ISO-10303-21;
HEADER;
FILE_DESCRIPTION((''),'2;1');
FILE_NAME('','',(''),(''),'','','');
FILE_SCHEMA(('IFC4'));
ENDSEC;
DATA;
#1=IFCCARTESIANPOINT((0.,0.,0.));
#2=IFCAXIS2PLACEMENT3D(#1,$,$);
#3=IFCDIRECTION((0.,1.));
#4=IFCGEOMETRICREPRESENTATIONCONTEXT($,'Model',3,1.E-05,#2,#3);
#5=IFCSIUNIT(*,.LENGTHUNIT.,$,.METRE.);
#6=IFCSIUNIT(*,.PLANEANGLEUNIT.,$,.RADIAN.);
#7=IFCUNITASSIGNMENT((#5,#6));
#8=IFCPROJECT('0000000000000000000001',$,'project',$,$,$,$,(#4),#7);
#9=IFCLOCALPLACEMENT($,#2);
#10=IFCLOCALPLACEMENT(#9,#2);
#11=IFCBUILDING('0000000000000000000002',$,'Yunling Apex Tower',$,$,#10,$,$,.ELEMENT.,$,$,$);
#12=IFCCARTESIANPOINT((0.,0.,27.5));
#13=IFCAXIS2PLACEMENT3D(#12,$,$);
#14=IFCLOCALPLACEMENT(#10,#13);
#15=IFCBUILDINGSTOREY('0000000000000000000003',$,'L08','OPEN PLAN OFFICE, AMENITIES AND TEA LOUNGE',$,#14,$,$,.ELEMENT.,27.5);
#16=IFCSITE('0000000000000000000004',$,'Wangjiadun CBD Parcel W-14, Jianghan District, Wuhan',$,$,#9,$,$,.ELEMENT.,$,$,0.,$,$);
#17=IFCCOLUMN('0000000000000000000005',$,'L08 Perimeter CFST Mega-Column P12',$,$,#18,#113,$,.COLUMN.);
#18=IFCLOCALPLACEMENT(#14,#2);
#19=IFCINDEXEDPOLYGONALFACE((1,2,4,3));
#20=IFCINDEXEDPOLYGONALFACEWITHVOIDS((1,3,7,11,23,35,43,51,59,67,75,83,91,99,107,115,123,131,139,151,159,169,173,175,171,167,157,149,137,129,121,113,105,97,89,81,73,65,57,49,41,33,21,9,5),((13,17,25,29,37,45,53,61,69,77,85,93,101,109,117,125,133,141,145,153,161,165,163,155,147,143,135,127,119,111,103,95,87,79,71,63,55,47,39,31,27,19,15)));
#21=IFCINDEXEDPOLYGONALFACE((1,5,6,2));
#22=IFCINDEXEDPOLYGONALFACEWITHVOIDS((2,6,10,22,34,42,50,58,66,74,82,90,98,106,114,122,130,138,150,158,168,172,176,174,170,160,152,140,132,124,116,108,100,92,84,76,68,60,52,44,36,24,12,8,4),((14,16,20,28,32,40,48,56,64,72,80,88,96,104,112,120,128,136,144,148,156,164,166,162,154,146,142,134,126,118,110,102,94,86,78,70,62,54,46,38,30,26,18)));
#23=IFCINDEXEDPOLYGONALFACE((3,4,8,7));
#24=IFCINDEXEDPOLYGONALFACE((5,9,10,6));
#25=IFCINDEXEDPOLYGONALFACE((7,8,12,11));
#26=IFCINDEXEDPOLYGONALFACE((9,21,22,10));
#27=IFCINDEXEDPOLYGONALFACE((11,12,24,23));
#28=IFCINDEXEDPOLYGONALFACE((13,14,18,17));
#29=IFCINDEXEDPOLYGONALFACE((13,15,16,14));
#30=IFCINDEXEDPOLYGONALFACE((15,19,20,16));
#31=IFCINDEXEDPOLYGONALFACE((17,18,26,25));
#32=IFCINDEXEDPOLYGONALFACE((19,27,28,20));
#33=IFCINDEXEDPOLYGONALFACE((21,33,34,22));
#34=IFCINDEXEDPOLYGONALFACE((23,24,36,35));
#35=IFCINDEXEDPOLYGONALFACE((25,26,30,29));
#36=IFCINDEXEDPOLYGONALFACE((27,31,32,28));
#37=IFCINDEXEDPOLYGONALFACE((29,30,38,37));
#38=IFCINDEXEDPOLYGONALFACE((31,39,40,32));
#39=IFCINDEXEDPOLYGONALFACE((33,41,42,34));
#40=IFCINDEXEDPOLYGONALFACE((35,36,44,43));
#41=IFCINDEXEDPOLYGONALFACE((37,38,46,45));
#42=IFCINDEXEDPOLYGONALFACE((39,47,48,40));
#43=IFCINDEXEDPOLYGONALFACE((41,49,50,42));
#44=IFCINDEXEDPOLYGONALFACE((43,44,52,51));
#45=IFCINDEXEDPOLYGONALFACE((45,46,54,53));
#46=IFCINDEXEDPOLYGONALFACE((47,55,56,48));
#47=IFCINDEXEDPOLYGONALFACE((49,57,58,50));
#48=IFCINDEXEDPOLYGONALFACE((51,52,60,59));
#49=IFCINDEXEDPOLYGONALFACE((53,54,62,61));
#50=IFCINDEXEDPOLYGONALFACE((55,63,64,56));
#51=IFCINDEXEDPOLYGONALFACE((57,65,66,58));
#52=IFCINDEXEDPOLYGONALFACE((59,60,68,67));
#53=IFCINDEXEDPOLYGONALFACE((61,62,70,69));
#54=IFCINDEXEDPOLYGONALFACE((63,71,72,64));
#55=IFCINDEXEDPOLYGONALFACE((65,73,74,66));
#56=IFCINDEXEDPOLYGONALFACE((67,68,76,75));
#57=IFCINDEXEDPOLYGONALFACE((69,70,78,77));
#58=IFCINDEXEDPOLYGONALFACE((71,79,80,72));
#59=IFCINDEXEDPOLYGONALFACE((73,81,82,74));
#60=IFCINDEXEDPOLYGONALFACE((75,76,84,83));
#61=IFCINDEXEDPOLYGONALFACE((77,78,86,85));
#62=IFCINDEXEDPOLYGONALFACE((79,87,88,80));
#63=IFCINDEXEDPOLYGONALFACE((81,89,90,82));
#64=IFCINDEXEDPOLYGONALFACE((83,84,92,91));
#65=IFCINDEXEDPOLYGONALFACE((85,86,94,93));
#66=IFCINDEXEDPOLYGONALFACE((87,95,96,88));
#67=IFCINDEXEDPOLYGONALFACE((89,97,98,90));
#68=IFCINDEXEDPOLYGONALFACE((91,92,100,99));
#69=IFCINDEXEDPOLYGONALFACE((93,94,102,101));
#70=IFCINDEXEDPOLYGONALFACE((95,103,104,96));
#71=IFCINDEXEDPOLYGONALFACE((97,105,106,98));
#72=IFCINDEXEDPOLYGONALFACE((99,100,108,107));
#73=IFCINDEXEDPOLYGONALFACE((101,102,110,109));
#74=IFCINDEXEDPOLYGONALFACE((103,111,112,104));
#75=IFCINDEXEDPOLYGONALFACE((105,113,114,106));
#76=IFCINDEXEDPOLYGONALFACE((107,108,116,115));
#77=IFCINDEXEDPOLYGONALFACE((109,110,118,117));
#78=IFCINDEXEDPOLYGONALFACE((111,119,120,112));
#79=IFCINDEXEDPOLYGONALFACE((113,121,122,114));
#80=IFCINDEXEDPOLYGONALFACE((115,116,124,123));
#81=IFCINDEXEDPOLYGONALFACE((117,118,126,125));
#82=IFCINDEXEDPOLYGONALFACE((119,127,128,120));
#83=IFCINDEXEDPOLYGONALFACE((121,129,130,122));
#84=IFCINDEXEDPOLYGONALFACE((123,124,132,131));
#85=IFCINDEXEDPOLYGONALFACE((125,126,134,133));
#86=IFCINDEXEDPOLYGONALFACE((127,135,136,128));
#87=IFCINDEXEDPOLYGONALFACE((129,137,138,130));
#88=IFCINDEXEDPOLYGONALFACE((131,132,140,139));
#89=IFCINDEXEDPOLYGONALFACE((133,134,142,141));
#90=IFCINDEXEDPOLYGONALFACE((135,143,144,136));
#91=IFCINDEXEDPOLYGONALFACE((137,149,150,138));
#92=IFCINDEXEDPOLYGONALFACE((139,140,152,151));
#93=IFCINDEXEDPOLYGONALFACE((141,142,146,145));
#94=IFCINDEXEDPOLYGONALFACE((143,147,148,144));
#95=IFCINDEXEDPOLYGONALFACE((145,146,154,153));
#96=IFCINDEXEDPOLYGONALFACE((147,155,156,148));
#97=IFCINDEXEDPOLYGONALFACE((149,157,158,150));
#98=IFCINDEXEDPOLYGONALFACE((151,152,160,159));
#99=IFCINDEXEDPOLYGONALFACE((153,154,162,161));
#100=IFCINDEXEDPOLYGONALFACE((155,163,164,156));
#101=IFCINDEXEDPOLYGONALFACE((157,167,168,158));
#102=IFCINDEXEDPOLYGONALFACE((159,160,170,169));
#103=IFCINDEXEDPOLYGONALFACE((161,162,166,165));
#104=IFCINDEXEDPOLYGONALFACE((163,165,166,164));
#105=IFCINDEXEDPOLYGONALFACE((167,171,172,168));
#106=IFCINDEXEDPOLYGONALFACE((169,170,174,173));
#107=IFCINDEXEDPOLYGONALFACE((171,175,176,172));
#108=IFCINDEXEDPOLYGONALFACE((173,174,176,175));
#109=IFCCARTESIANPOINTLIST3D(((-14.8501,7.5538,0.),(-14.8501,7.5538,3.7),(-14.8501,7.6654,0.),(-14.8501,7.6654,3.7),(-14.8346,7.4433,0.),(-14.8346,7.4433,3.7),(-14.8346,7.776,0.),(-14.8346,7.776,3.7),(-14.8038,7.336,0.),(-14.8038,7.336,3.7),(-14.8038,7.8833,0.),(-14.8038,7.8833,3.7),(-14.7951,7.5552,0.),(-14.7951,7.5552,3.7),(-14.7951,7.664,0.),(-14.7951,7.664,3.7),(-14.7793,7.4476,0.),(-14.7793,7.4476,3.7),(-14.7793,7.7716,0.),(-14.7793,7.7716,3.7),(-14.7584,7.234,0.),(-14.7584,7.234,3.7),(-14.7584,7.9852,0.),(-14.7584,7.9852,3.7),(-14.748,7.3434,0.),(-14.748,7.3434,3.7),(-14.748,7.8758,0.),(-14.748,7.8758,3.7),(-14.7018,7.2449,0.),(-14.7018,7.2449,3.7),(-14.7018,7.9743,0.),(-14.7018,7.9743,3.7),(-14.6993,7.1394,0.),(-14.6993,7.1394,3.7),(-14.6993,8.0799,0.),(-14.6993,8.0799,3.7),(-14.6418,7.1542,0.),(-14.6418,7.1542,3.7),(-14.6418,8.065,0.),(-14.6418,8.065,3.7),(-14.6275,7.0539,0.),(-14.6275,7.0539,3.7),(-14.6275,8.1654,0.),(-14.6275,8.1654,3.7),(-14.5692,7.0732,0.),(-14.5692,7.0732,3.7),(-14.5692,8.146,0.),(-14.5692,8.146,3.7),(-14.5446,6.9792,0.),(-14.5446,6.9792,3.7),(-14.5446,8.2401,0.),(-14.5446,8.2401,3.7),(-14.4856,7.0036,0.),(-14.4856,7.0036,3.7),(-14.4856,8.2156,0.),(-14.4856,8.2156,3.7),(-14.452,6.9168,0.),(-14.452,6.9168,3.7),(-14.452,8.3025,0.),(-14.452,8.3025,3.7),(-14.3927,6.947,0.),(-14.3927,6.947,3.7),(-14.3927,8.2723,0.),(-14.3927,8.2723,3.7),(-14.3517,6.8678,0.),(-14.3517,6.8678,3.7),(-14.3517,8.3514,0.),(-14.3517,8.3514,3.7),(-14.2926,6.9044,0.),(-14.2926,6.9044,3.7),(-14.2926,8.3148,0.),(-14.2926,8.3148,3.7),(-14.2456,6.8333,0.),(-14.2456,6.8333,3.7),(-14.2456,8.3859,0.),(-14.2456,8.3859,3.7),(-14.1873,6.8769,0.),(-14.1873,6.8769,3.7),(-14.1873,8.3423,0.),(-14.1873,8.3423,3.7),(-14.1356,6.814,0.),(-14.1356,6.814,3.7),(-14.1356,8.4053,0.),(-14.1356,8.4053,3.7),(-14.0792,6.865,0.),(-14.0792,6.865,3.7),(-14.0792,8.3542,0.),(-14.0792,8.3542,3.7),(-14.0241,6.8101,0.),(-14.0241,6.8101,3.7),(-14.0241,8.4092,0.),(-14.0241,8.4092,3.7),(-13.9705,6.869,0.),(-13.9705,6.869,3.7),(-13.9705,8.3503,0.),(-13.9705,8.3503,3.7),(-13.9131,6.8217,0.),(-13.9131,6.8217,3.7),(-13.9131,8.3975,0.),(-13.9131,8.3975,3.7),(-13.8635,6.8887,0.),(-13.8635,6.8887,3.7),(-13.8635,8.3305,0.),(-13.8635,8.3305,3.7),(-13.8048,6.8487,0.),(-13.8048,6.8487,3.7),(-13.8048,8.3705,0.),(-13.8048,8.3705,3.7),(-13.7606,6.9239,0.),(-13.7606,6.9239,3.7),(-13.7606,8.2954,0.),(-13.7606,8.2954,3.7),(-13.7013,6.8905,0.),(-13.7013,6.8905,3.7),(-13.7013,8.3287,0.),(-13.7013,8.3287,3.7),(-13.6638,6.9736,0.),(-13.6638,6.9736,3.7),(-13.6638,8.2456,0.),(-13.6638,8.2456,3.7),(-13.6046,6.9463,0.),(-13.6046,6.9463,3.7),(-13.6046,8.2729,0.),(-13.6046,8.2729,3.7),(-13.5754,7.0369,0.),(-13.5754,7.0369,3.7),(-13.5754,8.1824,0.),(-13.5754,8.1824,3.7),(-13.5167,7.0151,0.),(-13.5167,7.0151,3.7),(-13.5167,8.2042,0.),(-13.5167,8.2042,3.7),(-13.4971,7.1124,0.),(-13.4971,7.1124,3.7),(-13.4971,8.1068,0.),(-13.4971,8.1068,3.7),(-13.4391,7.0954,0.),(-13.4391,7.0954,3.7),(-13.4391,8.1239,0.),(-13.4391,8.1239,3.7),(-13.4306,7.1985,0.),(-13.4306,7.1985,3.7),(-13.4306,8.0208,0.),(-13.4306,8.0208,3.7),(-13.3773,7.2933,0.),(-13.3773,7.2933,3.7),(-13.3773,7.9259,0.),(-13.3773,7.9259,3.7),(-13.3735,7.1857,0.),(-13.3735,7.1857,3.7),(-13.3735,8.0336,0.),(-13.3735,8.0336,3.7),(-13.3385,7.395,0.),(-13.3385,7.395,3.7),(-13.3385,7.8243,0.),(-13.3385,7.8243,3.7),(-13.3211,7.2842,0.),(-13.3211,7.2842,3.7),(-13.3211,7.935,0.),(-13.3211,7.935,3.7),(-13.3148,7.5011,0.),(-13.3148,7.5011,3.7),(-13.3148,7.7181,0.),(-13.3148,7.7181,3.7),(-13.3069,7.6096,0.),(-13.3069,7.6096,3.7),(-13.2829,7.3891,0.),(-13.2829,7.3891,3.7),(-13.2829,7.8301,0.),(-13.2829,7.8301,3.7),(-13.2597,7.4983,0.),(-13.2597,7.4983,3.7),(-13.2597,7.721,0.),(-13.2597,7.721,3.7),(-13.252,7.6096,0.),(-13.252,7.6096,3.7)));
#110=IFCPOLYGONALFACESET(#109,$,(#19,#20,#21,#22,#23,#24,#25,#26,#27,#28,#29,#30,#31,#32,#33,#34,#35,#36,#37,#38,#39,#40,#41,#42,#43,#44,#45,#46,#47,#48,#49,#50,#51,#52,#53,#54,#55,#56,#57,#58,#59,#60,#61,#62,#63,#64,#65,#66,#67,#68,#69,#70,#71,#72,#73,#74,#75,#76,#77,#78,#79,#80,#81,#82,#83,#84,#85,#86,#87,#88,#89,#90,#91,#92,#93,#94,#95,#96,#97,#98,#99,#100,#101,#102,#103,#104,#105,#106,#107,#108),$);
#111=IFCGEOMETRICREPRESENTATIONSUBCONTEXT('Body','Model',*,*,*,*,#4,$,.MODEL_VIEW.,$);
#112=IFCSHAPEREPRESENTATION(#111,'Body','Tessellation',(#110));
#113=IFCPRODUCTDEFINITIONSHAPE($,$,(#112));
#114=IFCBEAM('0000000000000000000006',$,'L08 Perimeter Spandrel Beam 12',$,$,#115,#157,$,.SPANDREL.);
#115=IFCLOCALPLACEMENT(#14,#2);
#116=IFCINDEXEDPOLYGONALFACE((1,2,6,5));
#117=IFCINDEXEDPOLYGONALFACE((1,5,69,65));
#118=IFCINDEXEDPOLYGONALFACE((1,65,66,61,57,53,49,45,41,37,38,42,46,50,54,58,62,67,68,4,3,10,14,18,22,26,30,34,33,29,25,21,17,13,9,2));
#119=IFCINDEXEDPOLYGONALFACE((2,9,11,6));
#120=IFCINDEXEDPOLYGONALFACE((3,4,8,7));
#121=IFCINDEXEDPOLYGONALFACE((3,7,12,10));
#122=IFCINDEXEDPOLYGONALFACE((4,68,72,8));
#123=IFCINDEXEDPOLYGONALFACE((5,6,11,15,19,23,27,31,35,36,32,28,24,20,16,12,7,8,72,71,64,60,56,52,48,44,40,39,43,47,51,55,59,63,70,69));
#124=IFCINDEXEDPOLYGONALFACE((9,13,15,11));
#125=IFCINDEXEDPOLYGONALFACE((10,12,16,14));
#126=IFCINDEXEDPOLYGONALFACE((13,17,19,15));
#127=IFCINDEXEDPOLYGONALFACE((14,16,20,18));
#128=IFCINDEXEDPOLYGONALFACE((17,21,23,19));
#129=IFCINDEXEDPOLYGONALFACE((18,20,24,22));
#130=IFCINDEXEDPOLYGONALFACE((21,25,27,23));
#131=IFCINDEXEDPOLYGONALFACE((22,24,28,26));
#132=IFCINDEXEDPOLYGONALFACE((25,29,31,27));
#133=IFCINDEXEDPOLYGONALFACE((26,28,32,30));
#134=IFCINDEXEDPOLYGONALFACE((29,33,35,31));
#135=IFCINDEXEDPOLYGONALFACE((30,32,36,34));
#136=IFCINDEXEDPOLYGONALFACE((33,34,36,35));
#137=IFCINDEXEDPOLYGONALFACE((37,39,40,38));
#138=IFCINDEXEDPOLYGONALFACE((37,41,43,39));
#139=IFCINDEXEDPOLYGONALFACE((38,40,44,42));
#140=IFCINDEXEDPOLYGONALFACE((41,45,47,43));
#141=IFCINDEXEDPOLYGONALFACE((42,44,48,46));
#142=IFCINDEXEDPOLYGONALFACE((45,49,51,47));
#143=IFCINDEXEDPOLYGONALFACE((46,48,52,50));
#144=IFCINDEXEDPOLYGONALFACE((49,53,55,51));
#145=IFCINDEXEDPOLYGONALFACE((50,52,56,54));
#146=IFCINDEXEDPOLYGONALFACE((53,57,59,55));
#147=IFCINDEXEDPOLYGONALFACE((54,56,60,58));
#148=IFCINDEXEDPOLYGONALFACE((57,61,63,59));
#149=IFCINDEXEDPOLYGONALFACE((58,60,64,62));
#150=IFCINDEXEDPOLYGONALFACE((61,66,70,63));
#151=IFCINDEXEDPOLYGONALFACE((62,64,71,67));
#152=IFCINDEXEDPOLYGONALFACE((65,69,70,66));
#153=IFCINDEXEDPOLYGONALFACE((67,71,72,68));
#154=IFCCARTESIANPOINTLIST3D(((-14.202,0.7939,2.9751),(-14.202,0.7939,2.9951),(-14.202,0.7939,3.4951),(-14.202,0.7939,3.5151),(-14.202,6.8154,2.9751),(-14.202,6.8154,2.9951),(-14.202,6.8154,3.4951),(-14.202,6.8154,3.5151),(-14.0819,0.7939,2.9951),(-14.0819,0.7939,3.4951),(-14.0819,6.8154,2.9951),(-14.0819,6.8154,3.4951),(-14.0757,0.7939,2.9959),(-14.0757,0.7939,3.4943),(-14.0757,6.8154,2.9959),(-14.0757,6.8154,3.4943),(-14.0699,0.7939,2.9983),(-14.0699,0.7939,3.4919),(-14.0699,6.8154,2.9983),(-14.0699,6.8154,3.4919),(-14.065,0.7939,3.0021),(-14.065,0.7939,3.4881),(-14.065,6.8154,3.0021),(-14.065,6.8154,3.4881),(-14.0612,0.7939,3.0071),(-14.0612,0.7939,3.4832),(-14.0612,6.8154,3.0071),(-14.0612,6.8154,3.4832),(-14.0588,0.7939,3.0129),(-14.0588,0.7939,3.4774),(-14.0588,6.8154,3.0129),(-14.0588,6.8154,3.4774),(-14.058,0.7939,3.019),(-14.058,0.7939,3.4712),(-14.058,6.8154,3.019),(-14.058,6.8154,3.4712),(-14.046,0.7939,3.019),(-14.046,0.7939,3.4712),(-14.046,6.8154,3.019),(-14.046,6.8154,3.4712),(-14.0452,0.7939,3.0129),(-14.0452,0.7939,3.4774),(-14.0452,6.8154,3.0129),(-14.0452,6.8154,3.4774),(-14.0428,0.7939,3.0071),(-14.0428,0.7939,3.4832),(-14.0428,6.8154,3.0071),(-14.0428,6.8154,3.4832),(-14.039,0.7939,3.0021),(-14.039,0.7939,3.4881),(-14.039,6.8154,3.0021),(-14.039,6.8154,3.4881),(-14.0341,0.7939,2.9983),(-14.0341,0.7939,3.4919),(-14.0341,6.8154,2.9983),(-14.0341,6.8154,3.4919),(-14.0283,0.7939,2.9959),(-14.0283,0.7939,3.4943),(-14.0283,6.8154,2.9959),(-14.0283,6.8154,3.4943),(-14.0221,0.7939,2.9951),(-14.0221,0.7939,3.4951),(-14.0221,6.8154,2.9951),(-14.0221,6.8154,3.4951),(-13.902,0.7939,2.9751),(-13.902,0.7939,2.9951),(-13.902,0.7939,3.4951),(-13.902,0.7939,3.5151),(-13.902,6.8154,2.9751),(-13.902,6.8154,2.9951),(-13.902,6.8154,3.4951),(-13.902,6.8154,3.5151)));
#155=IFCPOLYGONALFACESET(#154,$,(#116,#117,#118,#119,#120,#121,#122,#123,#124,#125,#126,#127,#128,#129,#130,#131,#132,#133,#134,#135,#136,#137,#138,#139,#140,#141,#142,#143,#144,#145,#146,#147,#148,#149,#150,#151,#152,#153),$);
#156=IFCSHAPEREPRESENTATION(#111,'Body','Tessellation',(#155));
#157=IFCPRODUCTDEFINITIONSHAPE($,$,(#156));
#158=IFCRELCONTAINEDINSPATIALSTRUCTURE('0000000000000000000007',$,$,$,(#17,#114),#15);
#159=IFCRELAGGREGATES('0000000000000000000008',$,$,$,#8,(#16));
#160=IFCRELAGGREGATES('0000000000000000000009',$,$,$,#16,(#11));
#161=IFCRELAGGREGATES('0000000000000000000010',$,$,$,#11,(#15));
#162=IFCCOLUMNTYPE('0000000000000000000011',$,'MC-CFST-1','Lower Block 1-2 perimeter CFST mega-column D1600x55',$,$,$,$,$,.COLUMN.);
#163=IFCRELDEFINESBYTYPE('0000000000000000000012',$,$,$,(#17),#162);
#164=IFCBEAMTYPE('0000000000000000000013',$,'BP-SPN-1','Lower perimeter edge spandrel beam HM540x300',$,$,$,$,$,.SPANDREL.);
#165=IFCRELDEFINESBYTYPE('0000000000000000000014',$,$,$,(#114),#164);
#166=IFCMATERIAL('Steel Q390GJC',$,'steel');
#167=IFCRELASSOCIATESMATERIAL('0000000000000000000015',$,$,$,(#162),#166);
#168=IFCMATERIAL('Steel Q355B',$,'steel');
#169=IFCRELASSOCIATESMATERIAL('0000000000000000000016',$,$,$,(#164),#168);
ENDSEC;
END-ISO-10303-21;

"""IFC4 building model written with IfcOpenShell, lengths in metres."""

from ifc_helpers import new_model, si_unit, direction, frame, origin, origin_2d, place, context, subcontext, project, spatial, hollow_circle, i_section, extrude, source, transform, mapped, material, material_profile, profile_set, type_object, element, save


model = new_model("IFC4")

# Units and contexts
model_context = context("Model", 3, precision=1e-05, world=origin(), true_north=direction((0.0, 1.0)))
body_context = subcontext(model_context, "Body", "Model", "MODEL_VIEW")
ifc_project = project(units=[si_unit("LENGTHUNIT", "METRE"), si_unit("PLANEANGLEUNIT", "RADIAN")], contexts=[model_context])

# Site, building, storey
site_placement = place(None, origin())
site = spatial("IfcSite", under=ifc_project, at=site_placement, Name="Wangjiadun CBD Parcel W-14, Jianghan District, Wuhan", CompositionType="ELEMENT", RefElevation=0.0)
building_placement = place(site_placement, origin())
building = spatial("IfcBuilding", under=site, at=building_placement, Name="Yunling Apex Tower", CompositionType="ELEMENT")
storey_placement = place(building_placement, frame((0.0, 0.0, 27.5)))
storey = spatial("IfcBuildingStorey", under=building, at=storey_placement, Name="L08", Description="OPEN PLAN OFFICE, AMENITIES AND TEA LOUNGE", CompositionType="ELEMENT", Elevation=27.5)

# Column
ifc_material_1 = material(Name="Steel Q390GJC", Category="steel")
ifc_material_profile_1 = material_profile(ifc_material_1, hollow_circle(Radius=0.8, WallThickness=0.0549, at=origin_2d()))
ifc_profile_set_1 = profile_set([ifc_material_profile_1], Name="Steel Q390GJC")
column_type = type_object("IfcColumnType", Name="MC-CFST-1", Description="Lower Block 1-2 perimeter CFST mega-column D1600x55", PredefinedType="COLUMN", material=ifc_profile_set_1)
shared_shape_1 = source(origin(), body_context, "Body", "SweptSolid", [
    extrude(hollow_circle(Radius=0.8, WallThickness=0.0549, at=origin_2d()), origin(), (0.0, 0.0, 1.0), 3.7),
])
column_placement = place(storey_placement, frame((-14.052, 7.6096, 0.0), z_axis=(0.0, 0.0, 1.0), x_axis=(1.0, 0.0, 0.0)))
element("IfcColumn", 1, at=column_placement, inside=storey, type_object=column_type, Name="L08 Perimeter CFST Mega-Column P12", PredefinedType="COLUMN", context=body_context, shape_type="MappedRepresentation", body=[
    mapped(shared_shape_1, transform((0.0, 0.0, 0.0), scale=1.0)),
])

# Beam
ifc_material_2 = material(Name="Steel Q355B", Category="steel")
ifc_material_profile_2 = material_profile(ifc_material_2, i_section(OverallWidth=0.3, OverallDepth=0.54, WebThickness=0.012, FlangeThickness=0.02, FilletRadius=0.0239, at=origin_2d()))
ifc_profile_set_2 = profile_set([ifc_material_profile_2], Name="Steel Q355B")
beam_type_1 = type_object("IfcBeamType", Name="BP-SPN-1", Description="Lower perimeter edge spandrel beam HM540x300", PredefinedType="SPANDREL", material=ifc_profile_set_2)
shared_shape_2 = source(origin(), body_context, "Body", "SweptSolid", [
    extrude(i_section(OverallWidth=0.3, OverallDepth=0.54, WebThickness=0.012, FlangeThickness=0.02, FilletRadius=0.0239, at=origin_2d()), origin(), (0.0, 0.0, 1.0), 6.0215),
])
beam_1_placement = place(storey_placement, frame((-14.052, 6.8154, 3.2451), z_axis=(0.0, -1.0, 0.0), x_axis=(1.0, 0.0, 0.0)))
element("IfcBeam", 2, at=beam_1_placement, inside=storey, type_object=beam_type_1, Name="L08 Perimeter Spandrel Beam 12", PredefinedType="SPANDREL", context=body_context, shape_type="MappedRepresentation", body=[
    mapped(shared_shape_2, transform((0.0, 0.0, 0.0), scale=1.0)),
])

save(model, "model.ifc")
